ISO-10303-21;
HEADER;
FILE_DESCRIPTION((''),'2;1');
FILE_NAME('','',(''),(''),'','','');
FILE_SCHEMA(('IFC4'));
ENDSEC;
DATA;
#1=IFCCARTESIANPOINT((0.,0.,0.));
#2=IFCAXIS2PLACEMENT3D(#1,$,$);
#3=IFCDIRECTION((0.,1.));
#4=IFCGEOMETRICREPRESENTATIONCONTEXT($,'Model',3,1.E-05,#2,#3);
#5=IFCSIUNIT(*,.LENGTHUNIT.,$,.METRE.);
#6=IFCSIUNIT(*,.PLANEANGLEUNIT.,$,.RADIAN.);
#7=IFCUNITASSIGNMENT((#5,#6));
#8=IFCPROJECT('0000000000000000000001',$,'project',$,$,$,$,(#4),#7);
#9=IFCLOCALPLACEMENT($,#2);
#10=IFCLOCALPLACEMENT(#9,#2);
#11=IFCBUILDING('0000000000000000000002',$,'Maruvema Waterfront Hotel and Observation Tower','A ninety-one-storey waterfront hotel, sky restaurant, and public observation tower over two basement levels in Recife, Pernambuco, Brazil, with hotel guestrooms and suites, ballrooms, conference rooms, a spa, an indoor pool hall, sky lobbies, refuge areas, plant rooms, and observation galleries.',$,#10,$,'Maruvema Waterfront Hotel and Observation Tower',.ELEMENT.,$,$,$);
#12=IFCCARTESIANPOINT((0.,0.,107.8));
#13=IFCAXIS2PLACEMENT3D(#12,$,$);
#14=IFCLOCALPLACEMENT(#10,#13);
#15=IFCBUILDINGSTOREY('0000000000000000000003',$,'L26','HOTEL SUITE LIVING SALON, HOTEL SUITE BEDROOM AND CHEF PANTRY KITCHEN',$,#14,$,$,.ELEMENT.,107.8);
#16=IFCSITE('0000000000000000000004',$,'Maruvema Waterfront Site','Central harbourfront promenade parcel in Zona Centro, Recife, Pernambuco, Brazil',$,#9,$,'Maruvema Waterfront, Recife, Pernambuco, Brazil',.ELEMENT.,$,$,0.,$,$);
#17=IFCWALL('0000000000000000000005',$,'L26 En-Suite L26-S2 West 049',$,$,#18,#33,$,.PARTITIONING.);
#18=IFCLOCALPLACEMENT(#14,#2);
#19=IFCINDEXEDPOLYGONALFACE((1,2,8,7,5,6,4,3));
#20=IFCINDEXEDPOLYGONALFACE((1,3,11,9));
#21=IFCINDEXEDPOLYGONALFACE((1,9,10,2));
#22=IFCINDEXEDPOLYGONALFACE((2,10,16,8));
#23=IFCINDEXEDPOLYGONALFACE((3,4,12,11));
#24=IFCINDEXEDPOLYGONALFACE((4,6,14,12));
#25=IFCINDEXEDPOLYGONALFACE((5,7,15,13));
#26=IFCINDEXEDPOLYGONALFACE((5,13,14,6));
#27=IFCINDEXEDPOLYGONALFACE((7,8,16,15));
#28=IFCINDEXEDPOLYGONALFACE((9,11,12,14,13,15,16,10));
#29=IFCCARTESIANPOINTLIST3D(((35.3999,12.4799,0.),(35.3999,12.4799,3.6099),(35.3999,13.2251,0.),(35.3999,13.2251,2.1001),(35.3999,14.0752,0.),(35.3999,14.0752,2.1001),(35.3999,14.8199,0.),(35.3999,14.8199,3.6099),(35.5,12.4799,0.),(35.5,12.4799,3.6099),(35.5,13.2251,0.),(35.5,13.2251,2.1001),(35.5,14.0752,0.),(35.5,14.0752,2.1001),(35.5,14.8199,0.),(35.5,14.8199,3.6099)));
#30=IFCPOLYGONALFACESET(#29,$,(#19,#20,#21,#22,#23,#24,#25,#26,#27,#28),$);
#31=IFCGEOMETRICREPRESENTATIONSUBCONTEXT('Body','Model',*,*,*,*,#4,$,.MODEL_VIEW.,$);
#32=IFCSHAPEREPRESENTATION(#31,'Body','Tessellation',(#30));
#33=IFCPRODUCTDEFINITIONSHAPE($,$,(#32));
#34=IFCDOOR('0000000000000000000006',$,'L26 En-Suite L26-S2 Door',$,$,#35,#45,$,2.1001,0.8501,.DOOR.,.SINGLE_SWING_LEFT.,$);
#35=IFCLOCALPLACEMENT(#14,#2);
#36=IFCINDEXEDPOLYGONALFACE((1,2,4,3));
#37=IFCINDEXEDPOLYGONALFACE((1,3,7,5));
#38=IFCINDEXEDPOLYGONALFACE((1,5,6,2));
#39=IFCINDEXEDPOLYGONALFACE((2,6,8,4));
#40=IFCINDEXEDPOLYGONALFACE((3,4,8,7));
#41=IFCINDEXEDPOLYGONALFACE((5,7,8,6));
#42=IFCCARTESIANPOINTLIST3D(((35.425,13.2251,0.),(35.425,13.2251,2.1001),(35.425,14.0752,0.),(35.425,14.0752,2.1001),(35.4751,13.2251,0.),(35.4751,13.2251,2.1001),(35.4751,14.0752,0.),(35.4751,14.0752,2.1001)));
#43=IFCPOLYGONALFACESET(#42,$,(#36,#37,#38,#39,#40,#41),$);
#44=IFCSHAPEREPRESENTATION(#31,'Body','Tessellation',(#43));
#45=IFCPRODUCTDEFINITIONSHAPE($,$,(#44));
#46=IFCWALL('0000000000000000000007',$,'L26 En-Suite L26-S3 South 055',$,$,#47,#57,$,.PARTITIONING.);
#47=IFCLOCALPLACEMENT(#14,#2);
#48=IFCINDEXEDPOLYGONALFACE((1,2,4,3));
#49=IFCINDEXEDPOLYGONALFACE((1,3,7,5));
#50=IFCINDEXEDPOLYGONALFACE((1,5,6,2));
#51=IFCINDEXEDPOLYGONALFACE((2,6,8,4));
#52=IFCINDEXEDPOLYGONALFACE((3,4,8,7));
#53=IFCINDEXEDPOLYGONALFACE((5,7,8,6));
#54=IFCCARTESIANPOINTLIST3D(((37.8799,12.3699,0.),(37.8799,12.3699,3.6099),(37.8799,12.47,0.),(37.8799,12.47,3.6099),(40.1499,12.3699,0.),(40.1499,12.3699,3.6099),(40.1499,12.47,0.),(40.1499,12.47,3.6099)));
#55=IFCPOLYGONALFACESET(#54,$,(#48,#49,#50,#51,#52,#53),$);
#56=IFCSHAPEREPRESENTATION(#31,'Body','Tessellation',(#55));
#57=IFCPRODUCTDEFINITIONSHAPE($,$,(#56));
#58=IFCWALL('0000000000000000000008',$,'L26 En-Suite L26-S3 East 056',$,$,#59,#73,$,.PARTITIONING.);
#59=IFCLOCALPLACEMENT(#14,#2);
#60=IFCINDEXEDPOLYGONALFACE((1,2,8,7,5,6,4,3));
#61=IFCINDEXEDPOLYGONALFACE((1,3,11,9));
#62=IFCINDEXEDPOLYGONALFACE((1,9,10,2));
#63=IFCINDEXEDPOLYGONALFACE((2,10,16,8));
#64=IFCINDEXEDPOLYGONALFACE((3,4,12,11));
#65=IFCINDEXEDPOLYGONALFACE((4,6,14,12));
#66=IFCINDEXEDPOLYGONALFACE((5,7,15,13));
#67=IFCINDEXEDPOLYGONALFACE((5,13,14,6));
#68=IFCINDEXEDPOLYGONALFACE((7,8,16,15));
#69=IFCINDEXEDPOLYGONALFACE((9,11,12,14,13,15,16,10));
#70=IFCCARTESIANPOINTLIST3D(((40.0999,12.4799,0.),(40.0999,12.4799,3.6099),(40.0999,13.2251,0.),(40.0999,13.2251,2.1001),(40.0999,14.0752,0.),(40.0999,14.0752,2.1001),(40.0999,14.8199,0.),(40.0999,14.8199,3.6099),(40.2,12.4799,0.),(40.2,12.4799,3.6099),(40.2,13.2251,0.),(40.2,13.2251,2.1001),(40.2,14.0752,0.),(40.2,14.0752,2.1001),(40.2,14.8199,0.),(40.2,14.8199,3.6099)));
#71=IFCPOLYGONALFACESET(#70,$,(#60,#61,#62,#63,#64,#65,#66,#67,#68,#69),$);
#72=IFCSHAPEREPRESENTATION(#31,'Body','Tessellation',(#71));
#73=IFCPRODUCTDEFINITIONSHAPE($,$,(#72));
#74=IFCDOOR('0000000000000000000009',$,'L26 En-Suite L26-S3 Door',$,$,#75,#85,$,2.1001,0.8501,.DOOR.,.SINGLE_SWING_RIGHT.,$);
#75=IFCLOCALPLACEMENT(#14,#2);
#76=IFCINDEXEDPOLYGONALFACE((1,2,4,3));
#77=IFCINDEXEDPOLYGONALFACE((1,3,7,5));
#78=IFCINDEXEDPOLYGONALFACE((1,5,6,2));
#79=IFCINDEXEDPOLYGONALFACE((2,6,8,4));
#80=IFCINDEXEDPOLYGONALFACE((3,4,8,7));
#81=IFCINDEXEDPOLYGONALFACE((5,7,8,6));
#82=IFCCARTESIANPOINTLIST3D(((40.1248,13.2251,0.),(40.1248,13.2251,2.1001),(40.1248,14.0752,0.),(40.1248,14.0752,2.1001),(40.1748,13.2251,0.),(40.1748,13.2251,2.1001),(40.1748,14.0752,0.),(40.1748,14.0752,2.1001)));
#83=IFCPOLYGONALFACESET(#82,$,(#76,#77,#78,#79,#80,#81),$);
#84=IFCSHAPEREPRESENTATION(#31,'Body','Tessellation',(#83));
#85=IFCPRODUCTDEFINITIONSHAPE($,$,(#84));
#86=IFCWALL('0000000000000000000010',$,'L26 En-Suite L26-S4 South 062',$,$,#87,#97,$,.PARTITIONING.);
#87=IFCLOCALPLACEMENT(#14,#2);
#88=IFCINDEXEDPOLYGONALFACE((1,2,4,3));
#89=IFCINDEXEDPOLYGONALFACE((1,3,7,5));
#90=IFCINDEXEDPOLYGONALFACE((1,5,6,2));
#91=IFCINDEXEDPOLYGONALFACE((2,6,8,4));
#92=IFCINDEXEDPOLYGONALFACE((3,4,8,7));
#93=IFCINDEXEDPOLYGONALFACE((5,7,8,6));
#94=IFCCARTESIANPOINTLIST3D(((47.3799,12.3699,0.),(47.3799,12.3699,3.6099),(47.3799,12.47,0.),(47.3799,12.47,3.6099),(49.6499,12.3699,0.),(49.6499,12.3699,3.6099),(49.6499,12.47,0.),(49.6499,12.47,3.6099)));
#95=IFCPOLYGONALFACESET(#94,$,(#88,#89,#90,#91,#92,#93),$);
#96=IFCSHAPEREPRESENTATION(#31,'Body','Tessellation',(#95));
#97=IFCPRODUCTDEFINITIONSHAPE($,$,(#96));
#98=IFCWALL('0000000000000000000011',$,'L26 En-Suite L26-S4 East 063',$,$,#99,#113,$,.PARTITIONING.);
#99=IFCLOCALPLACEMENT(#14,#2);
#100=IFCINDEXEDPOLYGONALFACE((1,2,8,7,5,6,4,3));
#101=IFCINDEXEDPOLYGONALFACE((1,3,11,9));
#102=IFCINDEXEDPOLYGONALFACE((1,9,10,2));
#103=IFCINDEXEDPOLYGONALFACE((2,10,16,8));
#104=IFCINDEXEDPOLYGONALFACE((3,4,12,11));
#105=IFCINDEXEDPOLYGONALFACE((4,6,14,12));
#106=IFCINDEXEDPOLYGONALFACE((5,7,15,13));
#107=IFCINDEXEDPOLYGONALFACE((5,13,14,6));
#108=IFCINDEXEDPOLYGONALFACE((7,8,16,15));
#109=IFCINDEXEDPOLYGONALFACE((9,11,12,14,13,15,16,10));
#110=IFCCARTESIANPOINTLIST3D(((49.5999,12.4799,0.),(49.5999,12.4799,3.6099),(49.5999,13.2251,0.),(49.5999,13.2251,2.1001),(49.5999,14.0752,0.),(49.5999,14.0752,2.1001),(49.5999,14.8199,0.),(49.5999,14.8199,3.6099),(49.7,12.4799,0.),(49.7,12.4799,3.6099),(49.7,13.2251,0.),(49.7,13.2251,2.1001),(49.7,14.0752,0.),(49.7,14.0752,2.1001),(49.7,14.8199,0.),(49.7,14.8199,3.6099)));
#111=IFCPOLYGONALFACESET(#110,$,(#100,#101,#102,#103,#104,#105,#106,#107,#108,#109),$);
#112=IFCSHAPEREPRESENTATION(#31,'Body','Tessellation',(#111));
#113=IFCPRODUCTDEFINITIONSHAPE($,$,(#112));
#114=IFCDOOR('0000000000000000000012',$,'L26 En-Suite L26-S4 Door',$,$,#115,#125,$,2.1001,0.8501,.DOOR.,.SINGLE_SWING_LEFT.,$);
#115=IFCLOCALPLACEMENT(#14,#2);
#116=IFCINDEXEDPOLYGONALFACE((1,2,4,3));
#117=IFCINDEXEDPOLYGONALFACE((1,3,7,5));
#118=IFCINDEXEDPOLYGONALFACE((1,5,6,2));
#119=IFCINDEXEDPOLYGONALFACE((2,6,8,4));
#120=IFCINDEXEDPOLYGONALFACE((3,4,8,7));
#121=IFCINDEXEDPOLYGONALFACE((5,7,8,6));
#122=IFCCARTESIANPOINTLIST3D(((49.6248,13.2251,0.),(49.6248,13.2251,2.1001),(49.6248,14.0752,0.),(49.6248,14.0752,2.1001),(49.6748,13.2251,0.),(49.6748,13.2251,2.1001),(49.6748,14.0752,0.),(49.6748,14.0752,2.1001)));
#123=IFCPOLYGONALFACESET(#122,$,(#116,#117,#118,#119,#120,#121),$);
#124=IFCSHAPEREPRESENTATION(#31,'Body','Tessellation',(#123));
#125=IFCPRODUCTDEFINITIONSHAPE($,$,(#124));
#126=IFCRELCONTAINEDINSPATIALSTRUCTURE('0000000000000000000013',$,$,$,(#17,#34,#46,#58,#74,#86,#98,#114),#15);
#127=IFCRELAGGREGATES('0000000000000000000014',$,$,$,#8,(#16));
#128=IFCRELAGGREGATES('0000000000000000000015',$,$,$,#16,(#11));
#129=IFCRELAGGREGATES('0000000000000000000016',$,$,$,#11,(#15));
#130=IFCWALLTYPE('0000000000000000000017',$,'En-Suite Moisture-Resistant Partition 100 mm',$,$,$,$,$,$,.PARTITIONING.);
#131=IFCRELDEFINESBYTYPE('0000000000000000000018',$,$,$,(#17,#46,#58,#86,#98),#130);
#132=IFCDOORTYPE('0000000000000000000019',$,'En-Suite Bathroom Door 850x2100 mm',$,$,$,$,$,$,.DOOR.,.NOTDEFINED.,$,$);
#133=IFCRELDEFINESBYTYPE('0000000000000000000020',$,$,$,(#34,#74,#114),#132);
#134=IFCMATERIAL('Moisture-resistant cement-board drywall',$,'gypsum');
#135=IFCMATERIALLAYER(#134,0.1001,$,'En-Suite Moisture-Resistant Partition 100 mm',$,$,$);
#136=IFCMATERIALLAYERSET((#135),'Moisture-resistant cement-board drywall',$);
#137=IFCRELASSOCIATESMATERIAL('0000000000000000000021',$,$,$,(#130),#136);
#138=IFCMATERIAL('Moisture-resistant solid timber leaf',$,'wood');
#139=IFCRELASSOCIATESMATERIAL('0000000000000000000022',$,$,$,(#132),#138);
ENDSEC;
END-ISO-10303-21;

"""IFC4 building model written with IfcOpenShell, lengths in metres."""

from ifc_helpers import new_model, si_unit, direction, frame, frame_2d, origin, place, context, subcontext, project, spatial, rectangle, extrude, material, layer, layer_set, type_object, element, fill, save


model = new_model("IFC4")

# Units and contexts
model_context = context("Model", 3, precision=1e-05, world=origin(), true_north=direction((0.0, 1.0)))
body_context = subcontext(model_context, "Body", "Model", "MODEL_VIEW")
ifc_project = project(units=[si_unit("LENGTHUNIT", "METRE"), si_unit("PLANEANGLEUNIT", "RADIAN")], contexts=[model_context])

# Site, building, storey
site_placement = place(None, origin())
site = spatial("IfcSite", under=ifc_project, at=site_placement, Name="Maruvema Waterfront Site", Description="Central harbourfront promenade parcel in Zona Centro, Recife, Pernambuco, Brazil", LongName="Maruvema Waterfront, Recife, Pernambuco, Brazil", CompositionType="ELEMENT", RefElevation=0.0)
building_placement = place(site_placement, origin())
building = spatial("IfcBuilding", under=site, at=building_placement, Name="Maruvema Waterfront Hotel and Observation Tower", Description="A ninety-one-storey waterfront hotel, sky restaurant, and public observation tower over two basement levels in Recife, Pernambuco, Brazil, with hotel guestrooms and suites, ballrooms, conference rooms, a spa, an indoor pool hall, sky lobbies, refuge areas, plant rooms, and observation galleries.", LongName="Maruvema Waterfront Hotel and Observation Tower", CompositionType="ELEMENT")
storey_placement = place(building_placement, frame((0.0, 0.0, 107.8)))
storey = spatial("IfcBuildingStorey", under=building, at=storey_placement, Name="L26", Description="HOTEL SUITE LIVING SALON, HOTEL SUITE BEDROOM AND CHEF PANTRY KITCHEN", CompositionType="ELEMENT", Elevation=107.8)

# Shared definitions
ifc_material_1 = material(Name="Moisture-resistant cement-board drywall", Category="gypsum")
ifc_layer_1 = layer(ifc_material_1, 0.1001, Name="En-Suite Moisture-Resistant Partition 100 mm")
ifc_layer_set_1 = layer_set([ifc_layer_1], Name="Moisture-resistant cement-board drywall")
wall_type_1 = type_object("IfcWallType", Name="En-Suite Moisture-Resistant Partition 100 mm", PredefinedType="PARTITIONING", material=ifc_layer_set_1)

# Wall, opening, door
wall_1_placement = place(storey_placement, frame((35.45, 12.48, 0.0), z_axis=(0.0, 0.0, 1.0), x_axis=(0.0, 1.0, 0.0)))
wall_1 = element("IfcWall", 1, at=wall_1_placement, inside=storey, type_object=wall_type_1, Name="L26 En-Suite L26-S2 West 049", PredefinedType="PARTITIONING", context=body_context, shape_type="SweptSolid", body=[
    extrude(rectangle(XDim=2.3401, YDim=0.1001, at=frame_2d((1.1699, 0.0))), origin(), (0.0, 0.0, 1.0), 3.6099),
])
opening_1_placement = place(wall_1_placement, frame((0.7451, 0.0, 0.0)))
opening_1 = element("IfcOpeningElement", 2, at=opening_1_placement, cuts=wall_1, PredefinedType="OPENING", context=body_context, shape_type="SweptSolid", body=[
    extrude(rectangle(XDim=0.8501, YDim=2.1001, at=frame_2d((0.425, 1.05))), frame((0.0, 0.0601, 0.0), z_axis=(0.0, -1.0, 0.0), x_axis=(1.0, 0.0, 0.0)), (0.0, 0.0, 1.0), 0.1201),
])
ifc_material_2 = material(Name="Moisture-resistant solid timber leaf", Category="wood")
door_type_1 = type_object("IfcDoorType", Name="En-Suite Bathroom Door 850x2100 mm", OperationType="NOTDEFINED", PredefinedType="DOOR", material=ifc_material_2)
door_1_placement = place(opening_1_placement, origin())
door_1 = element("IfcDoor", 3, at=door_1_placement, inside=storey, type_object=door_type_1, Name="L26 En-Suite L26-S2 Door", OperationType="SINGLE_SWING_LEFT", OverallHeight=2.1001, OverallWidth=0.8501, PredefinedType="DOOR", context=body_context, shape_type="SweptSolid", body=[
    extrude(rectangle(XDim=0.8501, YDim=2.1001, at=frame_2d((0.425, 1.05))), frame((0.0, 0.0249, 0.0), z_axis=(0.0, -1.0, 0.0), x_axis=(1.0, 0.0, 0.0)), (0.0, 0.0, 1.0), 0.05),
])
fill(opening_1, door_1)

# Wall
wall_2_placement = place(storey_placement, frame((37.8799, 12.4199, 0.0), z_axis=(0.0, 0.0, 1.0), x_axis=(1.0, 0.0, 0.0)))
element("IfcWall", 4, at=wall_2_placement, inside=storey, type_object=wall_type_1, Name="L26 En-Suite L26-S3 South 055", PredefinedType="PARTITIONING", context=body_context, shape_type="SweptSolid", body=[
    extrude(rectangle(XDim=2.27, YDim=0.1001, at=frame_2d((1.135, 0.0))), origin(), (0.0, 0.0, 1.0), 3.6099),
])

# Wall, opening, door
wall_3_placement = place(storey_placement, frame((40.1499, 12.48, 0.0), z_axis=(0.0, 0.0, 1.0), x_axis=(0.0, 1.0, 0.0)))
wall_3 = element("IfcWall", 5, at=wall_3_placement, inside=storey, type_object=wall_type_1, Name="L26 En-Suite L26-S3 East 056", PredefinedType="PARTITIONING", context=body_context, shape_type="SweptSolid", body=[
    extrude(rectangle(XDim=2.3401, YDim=0.1001, at=frame_2d((1.1699, 0.0))), origin(), (0.0, 0.0, 1.0), 3.6099),
])
opening_2_placement = place(wall_3_placement, frame((0.7451, 0.0, 0.0)))
opening_2 = element("IfcOpeningElement", 6, at=opening_2_placement, cuts=wall_3, PredefinedType="OPENING", context=body_context, shape_type="SweptSolid", body=[
    extrude(rectangle(XDim=0.8501, YDim=2.1001, at=frame_2d((0.425, 1.05))), frame((0.0, 0.0601, 0.0), z_axis=(0.0, -1.0, 0.0), x_axis=(1.0, 0.0, 0.0)), (0.0, 0.0, 1.0), 0.1201),
])
door_2_placement = place(opening_2_placement, frame((0.8501, 0.0, 0.0), z_axis=(0.0, 0.0, 1.0), x_axis=(-1.0, 0.0, 0.0)))
door_2 = element("IfcDoor", 7, at=door_2_placement, inside=storey, type_object=door_type_1, Name="L26 En-Suite L26-S3 Door", OperationType="SINGLE_SWING_RIGHT", OverallHeight=2.1001, OverallWidth=0.8501, PredefinedType="DOOR", context=body_context, shape_type="SweptSolid", body=[
    extrude(rectangle(XDim=0.8501, YDim=2.1001, at=frame_2d((0.425, 1.05))), frame((0.0, 0.0249, 0.0), z_axis=(0.0, -1.0, 0.0), x_axis=(1.0, 0.0, 0.0)), (0.0, 0.0, 1.0), 0.05),
])
fill(opening_2, door_2)

# Wall
wall_4_placement = place(storey_placement, frame((47.3799, 12.4199, 0.0), z_axis=(0.0, 0.0, 1.0), x_axis=(1.0, 0.0, 0.0)))
element("IfcWall", 8, at=wall_4_placement, inside=storey, type_object=wall_type_1, Name="L26 En-Suite L26-S4 South 062", PredefinedType="PARTITIONING", context=body_context, shape_type="SweptSolid", body=[
    extrude(rectangle(XDim=2.27, YDim=0.1001, at=frame_2d((1.135, 0.0))), origin(), (0.0, 0.0, 1.0), 3.6099),
])

# Wall, opening, door
wall_5_placement = place(storey_placement, frame((49.6499, 12.48, 0.0), z_axis=(0.0, 0.0, 1.0), x_axis=(0.0, 1.0, 0.0)))
wall_5 = element("IfcWall", 9, at=wall_5_placement, inside=storey, type_object=wall_type_1, Name="L26 En-Suite L26-S4 East 063", PredefinedType="PARTITIONING", context=body_context, shape_type="SweptSolid", body=[
    extrude(rectangle(XDim=2.3401, YDim=0.1001, at=frame_2d((1.1699, 0.0))), origin(), (0.0, 0.0, 1.0), 3.6099),
])
opening_3_placement = place(wall_5_placement, frame((0.7451, 0.0, 0.0)))
opening_3 = element("IfcOpeningElement", 10, at=opening_3_placement, cuts=wall_5, PredefinedType="OPENING", context=body_context, shape_type="SweptSolid", body=[
    extrude(rectangle(XDim=0.8501, YDim=2.1001, at=frame_2d((0.425, 1.05))), frame((0.0, 0.0601, 0.0), z_axis=(0.0, -1.0, 0.0), x_axis=(1.0, 0.0, 0.0)), (0.0, 0.0, 1.0), 0.1201),
])
door_3_placement = place(opening_3_placement, frame((0.8501, 0.0, 0.0), z_axis=(0.0, 0.0, 1.0), x_axis=(-1.0, 0.0, 0.0)))
door_3 = element("IfcDoor", 11, at=door_3_placement, inside=storey, type_object=door_type_1, Name="L26 En-Suite L26-S4 Door", OperationType="SINGLE_SWING_LEFT", OverallHeight=2.1001, OverallWidth=0.8501, PredefinedType="DOOR", context=body_context, shape_type="SweptSolid", body=[
    extrude(rectangle(XDim=0.8501, YDim=2.1001, at=frame_2d((0.425, 1.05))), frame((0.0, 0.0249, 0.0), z_axis=(0.0, -1.0, 0.0), x_axis=(1.0, 0.0, 0.0)), (0.0, 0.0, 1.0), 0.05),
])
fill(opening_3, door_3)

save(model, "model.ifc")
